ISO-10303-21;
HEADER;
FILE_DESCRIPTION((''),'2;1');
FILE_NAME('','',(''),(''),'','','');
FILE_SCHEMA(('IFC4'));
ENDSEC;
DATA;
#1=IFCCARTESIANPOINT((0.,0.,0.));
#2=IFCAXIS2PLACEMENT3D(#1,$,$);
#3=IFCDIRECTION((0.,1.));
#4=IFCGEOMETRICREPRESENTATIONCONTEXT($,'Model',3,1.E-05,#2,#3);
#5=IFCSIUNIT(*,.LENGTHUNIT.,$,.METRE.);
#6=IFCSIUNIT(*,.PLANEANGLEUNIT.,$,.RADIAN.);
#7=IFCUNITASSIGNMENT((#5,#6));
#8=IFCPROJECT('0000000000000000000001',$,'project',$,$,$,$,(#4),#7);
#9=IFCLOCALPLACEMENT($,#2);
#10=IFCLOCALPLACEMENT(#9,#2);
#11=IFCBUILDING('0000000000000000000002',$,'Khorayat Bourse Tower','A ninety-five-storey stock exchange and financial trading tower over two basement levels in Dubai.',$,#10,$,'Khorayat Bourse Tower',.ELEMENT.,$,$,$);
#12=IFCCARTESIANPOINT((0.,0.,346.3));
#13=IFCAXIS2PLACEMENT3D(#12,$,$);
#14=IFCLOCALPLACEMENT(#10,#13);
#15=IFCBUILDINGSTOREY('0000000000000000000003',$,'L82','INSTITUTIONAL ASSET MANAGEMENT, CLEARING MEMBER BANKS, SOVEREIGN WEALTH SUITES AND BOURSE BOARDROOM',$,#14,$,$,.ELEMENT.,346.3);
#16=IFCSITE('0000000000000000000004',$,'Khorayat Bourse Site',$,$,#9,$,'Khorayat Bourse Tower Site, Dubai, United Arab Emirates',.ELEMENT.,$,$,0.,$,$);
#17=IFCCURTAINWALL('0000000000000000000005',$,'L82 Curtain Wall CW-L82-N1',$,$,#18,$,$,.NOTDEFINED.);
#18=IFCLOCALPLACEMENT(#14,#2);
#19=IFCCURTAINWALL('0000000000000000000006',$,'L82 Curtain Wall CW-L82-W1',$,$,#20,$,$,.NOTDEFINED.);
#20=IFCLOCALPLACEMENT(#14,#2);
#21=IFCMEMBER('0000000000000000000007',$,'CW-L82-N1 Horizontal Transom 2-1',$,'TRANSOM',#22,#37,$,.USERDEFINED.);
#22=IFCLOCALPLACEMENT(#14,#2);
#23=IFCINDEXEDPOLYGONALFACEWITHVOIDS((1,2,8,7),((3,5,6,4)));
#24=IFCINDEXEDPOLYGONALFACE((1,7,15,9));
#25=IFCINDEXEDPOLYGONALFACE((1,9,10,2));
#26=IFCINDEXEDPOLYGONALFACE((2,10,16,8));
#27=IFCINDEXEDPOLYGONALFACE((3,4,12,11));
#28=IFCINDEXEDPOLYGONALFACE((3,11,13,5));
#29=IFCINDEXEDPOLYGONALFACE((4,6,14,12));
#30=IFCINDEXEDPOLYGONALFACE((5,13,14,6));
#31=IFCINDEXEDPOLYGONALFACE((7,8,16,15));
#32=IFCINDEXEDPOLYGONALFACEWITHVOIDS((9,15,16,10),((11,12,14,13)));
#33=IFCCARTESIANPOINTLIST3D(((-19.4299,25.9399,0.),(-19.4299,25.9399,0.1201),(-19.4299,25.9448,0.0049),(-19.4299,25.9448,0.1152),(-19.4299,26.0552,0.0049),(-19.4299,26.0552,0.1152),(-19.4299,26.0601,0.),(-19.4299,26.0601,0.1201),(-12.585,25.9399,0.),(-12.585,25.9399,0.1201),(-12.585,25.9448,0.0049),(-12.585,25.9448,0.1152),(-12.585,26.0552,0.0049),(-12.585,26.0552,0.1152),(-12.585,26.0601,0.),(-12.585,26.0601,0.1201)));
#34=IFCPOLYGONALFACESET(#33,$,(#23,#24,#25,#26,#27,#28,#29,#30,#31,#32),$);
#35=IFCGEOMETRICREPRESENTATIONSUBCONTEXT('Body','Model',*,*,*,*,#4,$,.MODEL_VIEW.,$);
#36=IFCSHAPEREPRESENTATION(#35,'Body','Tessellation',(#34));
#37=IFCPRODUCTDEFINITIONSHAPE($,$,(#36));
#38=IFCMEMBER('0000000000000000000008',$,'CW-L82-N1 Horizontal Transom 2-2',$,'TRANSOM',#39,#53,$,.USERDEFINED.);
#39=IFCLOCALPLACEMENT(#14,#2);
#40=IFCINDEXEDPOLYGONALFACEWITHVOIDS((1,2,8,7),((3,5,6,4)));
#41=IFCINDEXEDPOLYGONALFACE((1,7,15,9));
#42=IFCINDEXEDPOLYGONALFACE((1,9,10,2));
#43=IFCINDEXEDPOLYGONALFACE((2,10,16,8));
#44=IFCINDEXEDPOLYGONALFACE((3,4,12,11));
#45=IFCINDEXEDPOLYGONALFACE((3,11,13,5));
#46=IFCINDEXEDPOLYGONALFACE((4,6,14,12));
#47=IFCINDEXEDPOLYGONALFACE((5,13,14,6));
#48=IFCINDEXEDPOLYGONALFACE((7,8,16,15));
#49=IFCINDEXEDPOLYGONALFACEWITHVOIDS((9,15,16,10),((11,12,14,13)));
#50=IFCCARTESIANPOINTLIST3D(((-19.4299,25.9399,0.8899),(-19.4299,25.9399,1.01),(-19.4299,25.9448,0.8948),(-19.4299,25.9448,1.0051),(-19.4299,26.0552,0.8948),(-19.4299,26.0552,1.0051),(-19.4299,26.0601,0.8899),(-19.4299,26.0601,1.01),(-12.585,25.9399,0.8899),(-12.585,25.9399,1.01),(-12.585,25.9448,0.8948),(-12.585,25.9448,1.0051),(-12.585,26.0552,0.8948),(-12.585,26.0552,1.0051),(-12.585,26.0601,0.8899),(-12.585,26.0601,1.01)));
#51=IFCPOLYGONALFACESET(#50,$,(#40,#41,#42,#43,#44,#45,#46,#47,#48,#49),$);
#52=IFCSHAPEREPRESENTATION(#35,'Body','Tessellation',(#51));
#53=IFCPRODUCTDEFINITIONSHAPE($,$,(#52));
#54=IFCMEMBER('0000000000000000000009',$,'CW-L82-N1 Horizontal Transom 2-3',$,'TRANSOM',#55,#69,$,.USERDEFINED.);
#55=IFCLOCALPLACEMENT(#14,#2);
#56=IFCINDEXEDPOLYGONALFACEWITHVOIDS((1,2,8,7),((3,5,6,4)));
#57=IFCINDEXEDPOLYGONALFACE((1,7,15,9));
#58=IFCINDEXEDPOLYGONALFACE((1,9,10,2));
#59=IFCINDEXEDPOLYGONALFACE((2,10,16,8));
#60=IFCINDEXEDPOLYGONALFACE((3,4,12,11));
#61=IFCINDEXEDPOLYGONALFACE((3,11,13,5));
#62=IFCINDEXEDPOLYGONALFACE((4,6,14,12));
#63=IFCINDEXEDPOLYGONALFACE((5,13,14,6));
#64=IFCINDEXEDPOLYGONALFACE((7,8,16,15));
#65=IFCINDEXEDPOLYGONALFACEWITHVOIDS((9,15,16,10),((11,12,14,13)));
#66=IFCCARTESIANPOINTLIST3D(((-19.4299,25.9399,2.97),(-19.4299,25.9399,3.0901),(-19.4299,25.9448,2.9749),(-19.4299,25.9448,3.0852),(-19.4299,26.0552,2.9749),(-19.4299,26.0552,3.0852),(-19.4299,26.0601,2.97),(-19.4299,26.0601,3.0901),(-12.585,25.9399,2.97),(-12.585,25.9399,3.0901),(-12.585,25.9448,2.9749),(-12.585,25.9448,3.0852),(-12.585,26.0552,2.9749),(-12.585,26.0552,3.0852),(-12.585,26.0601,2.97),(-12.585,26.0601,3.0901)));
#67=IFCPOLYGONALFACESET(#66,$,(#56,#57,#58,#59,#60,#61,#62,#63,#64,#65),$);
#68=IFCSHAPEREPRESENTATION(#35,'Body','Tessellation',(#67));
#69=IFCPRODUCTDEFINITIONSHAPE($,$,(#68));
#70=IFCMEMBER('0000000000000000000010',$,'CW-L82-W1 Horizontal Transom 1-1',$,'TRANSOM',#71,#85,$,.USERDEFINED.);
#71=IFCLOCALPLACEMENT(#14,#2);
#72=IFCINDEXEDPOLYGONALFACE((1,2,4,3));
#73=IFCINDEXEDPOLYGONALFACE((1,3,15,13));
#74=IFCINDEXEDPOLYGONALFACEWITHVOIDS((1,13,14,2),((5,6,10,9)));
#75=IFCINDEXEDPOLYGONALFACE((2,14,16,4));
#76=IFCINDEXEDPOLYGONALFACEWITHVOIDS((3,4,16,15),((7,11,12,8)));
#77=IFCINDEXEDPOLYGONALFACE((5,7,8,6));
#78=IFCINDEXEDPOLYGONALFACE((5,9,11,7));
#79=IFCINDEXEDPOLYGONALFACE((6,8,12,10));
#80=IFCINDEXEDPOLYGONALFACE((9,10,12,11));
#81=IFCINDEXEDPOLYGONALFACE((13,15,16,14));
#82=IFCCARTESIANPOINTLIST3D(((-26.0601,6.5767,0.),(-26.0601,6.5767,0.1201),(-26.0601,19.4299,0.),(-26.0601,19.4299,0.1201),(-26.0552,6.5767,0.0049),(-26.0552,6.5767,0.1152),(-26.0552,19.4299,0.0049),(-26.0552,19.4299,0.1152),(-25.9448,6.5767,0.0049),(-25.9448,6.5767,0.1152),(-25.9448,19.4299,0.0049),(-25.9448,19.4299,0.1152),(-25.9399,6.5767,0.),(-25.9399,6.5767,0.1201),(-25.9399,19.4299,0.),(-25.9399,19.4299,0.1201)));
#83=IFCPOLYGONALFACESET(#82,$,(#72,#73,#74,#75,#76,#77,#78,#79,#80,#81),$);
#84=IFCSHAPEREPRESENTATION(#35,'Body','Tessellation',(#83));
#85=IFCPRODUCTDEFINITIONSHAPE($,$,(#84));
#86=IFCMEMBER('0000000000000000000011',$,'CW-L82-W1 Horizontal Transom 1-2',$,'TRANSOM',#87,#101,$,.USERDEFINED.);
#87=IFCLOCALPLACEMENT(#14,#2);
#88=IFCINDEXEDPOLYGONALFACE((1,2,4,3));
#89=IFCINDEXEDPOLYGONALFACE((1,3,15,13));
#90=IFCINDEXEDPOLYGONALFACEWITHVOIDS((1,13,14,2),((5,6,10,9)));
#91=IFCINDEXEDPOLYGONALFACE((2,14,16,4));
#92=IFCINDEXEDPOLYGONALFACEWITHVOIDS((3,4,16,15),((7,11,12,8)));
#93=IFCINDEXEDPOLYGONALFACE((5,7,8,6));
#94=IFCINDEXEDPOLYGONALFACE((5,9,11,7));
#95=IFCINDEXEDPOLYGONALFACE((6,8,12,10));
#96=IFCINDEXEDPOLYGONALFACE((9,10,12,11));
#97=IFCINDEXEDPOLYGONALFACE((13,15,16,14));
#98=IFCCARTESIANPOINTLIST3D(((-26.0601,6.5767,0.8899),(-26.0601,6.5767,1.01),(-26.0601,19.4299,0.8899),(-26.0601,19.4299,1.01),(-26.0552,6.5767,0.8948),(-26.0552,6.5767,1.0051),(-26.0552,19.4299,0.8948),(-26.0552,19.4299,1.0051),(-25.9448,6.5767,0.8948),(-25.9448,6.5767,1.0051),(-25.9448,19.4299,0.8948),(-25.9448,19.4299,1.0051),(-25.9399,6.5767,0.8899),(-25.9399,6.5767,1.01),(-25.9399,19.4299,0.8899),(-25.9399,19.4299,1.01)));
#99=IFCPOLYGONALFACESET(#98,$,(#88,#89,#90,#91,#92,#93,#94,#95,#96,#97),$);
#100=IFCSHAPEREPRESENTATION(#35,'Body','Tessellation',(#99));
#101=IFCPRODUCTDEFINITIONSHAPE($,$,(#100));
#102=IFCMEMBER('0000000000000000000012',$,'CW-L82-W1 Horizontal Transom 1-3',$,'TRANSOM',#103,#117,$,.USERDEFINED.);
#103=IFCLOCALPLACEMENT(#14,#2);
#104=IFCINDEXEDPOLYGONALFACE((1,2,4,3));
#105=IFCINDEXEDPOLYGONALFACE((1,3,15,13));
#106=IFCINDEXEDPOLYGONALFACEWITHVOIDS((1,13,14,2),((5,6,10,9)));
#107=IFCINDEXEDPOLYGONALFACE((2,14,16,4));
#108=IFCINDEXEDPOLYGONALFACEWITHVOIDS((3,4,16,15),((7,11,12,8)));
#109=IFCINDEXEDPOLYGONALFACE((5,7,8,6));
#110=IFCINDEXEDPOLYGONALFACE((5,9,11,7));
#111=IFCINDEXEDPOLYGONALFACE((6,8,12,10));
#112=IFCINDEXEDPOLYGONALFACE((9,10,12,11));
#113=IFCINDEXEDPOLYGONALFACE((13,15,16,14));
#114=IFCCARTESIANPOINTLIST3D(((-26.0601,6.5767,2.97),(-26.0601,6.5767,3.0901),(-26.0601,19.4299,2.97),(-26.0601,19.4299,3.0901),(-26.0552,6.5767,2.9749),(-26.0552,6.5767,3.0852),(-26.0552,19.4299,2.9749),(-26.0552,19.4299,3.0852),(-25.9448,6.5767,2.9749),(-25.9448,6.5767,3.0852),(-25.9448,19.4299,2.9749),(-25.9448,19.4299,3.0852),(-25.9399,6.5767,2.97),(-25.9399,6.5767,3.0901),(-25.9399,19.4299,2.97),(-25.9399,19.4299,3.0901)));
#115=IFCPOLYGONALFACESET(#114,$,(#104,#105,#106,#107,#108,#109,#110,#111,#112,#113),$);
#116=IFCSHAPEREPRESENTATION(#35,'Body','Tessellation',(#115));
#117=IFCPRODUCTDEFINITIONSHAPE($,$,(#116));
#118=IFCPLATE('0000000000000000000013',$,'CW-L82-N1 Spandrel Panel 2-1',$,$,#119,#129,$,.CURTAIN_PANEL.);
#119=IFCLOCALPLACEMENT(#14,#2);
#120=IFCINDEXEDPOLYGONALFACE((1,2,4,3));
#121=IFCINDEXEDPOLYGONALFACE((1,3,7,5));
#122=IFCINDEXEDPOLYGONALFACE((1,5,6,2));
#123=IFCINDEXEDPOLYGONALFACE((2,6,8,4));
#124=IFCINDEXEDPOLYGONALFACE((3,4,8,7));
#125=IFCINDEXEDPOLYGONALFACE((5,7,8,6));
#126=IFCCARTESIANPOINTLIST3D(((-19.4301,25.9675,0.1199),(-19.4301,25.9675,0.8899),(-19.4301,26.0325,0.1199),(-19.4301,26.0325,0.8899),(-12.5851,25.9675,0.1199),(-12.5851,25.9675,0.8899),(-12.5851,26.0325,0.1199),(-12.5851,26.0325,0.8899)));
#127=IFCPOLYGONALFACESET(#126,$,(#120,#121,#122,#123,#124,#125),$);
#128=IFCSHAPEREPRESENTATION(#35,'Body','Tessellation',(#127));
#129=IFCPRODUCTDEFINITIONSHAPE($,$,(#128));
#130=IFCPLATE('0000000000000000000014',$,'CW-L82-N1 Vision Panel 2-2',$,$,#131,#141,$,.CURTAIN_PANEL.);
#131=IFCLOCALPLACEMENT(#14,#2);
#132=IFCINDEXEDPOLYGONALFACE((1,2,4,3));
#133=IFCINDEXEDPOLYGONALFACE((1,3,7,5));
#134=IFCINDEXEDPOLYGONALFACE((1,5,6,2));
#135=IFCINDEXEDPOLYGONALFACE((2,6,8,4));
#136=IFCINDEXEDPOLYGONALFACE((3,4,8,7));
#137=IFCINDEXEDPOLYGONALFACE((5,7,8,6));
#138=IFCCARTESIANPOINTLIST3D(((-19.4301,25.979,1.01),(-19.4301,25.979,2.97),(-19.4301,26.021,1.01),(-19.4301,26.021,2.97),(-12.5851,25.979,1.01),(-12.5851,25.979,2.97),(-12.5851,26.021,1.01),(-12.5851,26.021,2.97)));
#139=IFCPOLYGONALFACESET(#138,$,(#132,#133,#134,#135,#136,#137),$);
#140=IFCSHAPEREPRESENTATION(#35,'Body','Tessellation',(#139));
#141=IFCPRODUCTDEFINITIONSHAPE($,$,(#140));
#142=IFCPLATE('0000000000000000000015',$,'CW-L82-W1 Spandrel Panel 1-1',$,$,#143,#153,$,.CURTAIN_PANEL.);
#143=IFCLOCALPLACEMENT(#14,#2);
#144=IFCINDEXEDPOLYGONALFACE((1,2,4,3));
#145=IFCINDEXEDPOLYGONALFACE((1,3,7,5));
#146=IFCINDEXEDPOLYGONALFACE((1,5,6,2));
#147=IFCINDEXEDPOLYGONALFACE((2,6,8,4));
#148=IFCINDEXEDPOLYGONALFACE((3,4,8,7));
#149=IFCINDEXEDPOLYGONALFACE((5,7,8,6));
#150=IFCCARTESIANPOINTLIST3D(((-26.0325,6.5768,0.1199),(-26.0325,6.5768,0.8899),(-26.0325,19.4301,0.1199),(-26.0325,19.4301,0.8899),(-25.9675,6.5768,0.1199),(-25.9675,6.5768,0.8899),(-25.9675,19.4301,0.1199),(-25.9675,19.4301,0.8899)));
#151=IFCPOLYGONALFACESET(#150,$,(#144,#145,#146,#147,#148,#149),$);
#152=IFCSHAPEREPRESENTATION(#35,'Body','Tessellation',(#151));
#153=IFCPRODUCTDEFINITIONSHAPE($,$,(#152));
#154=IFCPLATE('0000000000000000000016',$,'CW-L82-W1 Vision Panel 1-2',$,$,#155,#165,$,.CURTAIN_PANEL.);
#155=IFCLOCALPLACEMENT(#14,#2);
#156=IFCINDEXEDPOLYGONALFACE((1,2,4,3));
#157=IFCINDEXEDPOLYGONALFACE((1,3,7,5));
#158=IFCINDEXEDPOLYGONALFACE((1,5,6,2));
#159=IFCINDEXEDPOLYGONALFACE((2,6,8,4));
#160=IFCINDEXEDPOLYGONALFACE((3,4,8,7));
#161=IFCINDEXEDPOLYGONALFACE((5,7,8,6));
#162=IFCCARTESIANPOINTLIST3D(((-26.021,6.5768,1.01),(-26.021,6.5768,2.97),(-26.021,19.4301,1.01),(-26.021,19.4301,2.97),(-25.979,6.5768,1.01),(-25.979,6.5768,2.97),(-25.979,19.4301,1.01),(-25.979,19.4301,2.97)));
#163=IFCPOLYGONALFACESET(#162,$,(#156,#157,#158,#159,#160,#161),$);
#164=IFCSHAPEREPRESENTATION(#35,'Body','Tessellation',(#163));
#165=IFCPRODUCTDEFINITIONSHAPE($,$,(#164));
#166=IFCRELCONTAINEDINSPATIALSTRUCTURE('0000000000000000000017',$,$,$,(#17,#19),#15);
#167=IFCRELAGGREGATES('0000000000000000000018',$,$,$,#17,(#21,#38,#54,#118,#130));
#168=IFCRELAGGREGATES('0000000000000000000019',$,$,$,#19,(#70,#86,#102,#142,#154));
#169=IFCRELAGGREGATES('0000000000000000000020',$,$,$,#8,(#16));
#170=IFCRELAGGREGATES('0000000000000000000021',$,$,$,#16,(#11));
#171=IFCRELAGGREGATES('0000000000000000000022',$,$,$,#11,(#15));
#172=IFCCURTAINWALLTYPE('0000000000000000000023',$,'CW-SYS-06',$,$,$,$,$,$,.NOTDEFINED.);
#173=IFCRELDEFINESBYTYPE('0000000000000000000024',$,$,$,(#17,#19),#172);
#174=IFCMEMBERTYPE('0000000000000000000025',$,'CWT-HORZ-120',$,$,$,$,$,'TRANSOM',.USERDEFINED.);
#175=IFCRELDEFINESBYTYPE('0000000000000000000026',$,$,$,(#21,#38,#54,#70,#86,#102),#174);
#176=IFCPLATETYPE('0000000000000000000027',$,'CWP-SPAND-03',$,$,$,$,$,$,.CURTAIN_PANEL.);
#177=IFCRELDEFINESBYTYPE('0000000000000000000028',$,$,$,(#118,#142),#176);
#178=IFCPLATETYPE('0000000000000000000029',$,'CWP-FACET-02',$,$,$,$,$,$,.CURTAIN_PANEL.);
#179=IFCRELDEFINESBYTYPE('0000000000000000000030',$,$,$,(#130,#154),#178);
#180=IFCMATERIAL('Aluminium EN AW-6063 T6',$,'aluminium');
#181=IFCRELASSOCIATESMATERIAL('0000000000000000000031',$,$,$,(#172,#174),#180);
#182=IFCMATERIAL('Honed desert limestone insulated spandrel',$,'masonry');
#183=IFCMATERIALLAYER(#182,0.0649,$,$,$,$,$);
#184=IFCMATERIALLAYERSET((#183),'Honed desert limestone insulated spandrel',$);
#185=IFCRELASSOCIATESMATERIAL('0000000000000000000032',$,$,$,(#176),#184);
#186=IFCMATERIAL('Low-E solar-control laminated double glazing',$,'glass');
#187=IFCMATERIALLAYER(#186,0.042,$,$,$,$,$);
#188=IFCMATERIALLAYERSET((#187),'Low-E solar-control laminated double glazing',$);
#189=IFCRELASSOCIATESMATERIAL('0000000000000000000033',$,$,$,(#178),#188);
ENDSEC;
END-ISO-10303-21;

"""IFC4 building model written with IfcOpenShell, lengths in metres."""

from ifc_helpers import new_model, si_unit, direction, frame, origin, origin_2d, place, context, subcontext, project, spatial, rectangle, hollow_rectangle, extrude, source, transform, mapped, material, layer, layer_set, material_profile, profile_set, type_object, element, aggregate, save


model = new_model("IFC4")

# Units and contexts
model_context = context("Model", 3, precision=1e-05, world=origin(), true_north=direction((0.0, 1.0)))
body_context = subcontext(model_context, "Body", "Model", "MODEL_VIEW")
ifc_project = project(units=[si_unit("LENGTHUNIT", "METRE"), si_unit("PLANEANGLEUNIT", "RADIAN")], contexts=[model_context])

# Site, building, storey
site_placement = place(None, origin())
site = spatial("IfcSite", under=ifc_project, at=site_placement, Name="Khorayat Bourse Site", LongName="Khorayat Bourse Tower Site, Dubai, United Arab Emirates", CompositionType="ELEMENT", RefElevation=0.0)
building_placement = place(site_placement, origin())
building = spatial("IfcBuilding", under=site, at=building_placement, Name="Khorayat Bourse Tower", Description="A ninety-five-storey stock exchange and financial trading tower over two basement levels in Dubai.", LongName="Khorayat Bourse Tower", CompositionType="ELEMENT")
storey_placement = place(building_placement, frame((0.0, 0.0, 346.3)))
storey = spatial("IfcBuildingStorey", under=building, at=storey_placement, Name="L82", Description="INSTITUTIONAL ASSET MANAGEMENT, CLEARING MEMBER BANKS, SOVEREIGN WEALTH SUITES AND BOURSE BOARDROOM", CompositionType="ELEMENT", Elevation=346.3)

# Curtain walls
ifc_material_1 = material(Name="Aluminium EN AW-6063 T6", Category="aluminium")
curtain_wall_type = type_object("IfcCurtainWallType", Name="CW-SYS-06", PredefinedType="NOTDEFINED", material=ifc_material_1)
curtain_wall_1_placement = place(storey_placement, origin())
curtain_wall_1 = element("IfcCurtainWall", 1, at=curtain_wall_1_placement, inside=storey, type_object=curtain_wall_type, Name="L82 Curtain Wall CW-L82-N1", PredefinedType="NOTDEFINED")
curtain_wall_2_placement = place(storey_placement, origin())
curtain_wall_2 = element("IfcCurtainWall", 2, at=curtain_wall_2_placement, inside=storey, type_object=curtain_wall_type, Name="L82 Curtain Wall CW-L82-W1", PredefinedType="NOTDEFINED")

# Members
ifc_material_profile_1 = material_profile(ifc_material_1, hollow_rectangle(XDim=0.1201, YDim=0.1201, WallThickness=0.0049, at=origin_2d()), Name="ALU 120x120x5")
ifc_profile_set_1 = profile_set([ifc_material_profile_1], Name="Aluminium EN AW-6063 T6")
member_type_1 = type_object("IfcMemberType", Name="CWT-HORZ-120", ElementType="TRANSOM", PredefinedType="USERDEFINED", material=ifc_profile_set_1)
shared_shape_1 = source(origin(), body_context, "Body", "SweptSolid", [
    extrude(hollow_rectangle(XDim=0.1201, YDim=0.1201, WallThickness=0.0049, at=origin_2d()), origin(), (0.0, 0.0, 1.0), 6.845),
])
member_1_placement = place(storey_placement, frame((-12.585, 26.0, 0.0601), z_axis=(-1.0, 0.0, 0.0), x_axis=(0.0, -1.0, 0.0)))
member_1 = element("IfcMember", 3, at=member_1_placement, type_object=member_type_1, Name="CW-L82-N1 Horizontal Transom 2-1", ObjectType="TRANSOM", PredefinedType="USERDEFINED", context=body_context, shape_type="MappedRepresentation", body=[
    mapped(shared_shape_1, transform((0.0, 0.0, 0.0), scale=1.0)),
])
member_2_placement = place(storey_placement, frame((-12.585, 26.0, 0.95), z_axis=(-1.0, 0.0, 0.0), x_axis=(0.0, -1.0, 0.0)))
member_2 = element("IfcMember", 4, at=member_2_placement, type_object=member_type_1, Name="CW-L82-N1 Horizontal Transom 2-2", ObjectType="TRANSOM", PredefinedType="USERDEFINED", context=body_context, shape_type="MappedRepresentation", body=[
    mapped(shared_shape_1, transform((0.0, 0.0, 0.0), scale=1.0)),
])
member_3_placement = place(storey_placement, frame((-12.585, 26.0, 3.03), z_axis=(-1.0, 0.0, 0.0), x_axis=(0.0, -1.0, 0.0)))
member_3 = element("IfcMember", 5, at=member_3_placement, type_object=member_type_1, Name="CW-L82-N1 Horizontal Transom 2-3", ObjectType="TRANSOM", PredefinedType="USERDEFINED", context=body_context, shape_type="MappedRepresentation", body=[
    mapped(shared_shape_1, transform((0.0, 0.0, 0.0), scale=1.0)),
])
shared_shape_2 = source(origin(), body_context, "Body", "SweptSolid", [
    extrude(hollow_rectangle(XDim=0.1201, YDim=0.1201, WallThickness=0.0049, at=origin_2d()), origin(), (0.0, 0.0, 1.0), 12.8533),
])
member_4_placement = place(storey_placement, frame((-26.0, 19.4299, 0.0601), z_axis=(0.0, -1.0, 0.0), x_axis=(1.0, 0.0, 0.0)))
member_4 = element("IfcMember", 6, at=member_4_placement, type_object=member_type_1, Name="CW-L82-W1 Horizontal Transom 1-1", ObjectType="TRANSOM", PredefinedType="USERDEFINED", context=body_context, shape_type="MappedRepresentation", body=[
    mapped(shared_shape_2, transform((0.0, 0.0, 0.0), scale=1.0)),
])
member_5_placement = place(storey_placement, frame((-26.0, 19.4299, 0.95), z_axis=(0.0, -1.0, 0.0), x_axis=(1.0, 0.0, 0.0)))
member_5 = element("IfcMember", 7, at=member_5_placement, type_object=member_type_1, Name="CW-L82-W1 Horizontal Transom 1-2", ObjectType="TRANSOM", PredefinedType="USERDEFINED", context=body_context, shape_type="MappedRepresentation", body=[
    mapped(shared_shape_2, transform((0.0, 0.0, 0.0), scale=1.0)),
])
member_6_placement = place(storey_placement, frame((-26.0, 19.4299, 3.03), z_axis=(0.0, -1.0, 0.0), x_axis=(1.0, 0.0, 0.0)))
member_6 = element("IfcMember", 8, at=member_6_placement, type_object=member_type_1, Name="CW-L82-W1 Horizontal Transom 1-3", ObjectType="TRANSOM", PredefinedType="USERDEFINED", context=body_context, shape_type="MappedRepresentation", body=[
    mapped(shared_shape_2, transform((0.0, 0.0, 0.0), scale=1.0)),
])

# Plates
ifc_material_2 = material(Name="Honed desert limestone insulated spandrel", Category="masonry")
ifc_layer_1 = layer(ifc_material_2, 0.0649)
ifc_layer_set_1 = layer_set([ifc_layer_1], Name="Honed desert limestone insulated spandrel")
plate_type_1 = type_object("IfcPlateType", Name="CWP-SPAND-03", PredefinedType="CURTAIN_PANEL", material=ifc_layer_set_1)
shared_shape_3 = source(origin(), body_context, "Body", "SweptSolid", [
    extrude(rectangle(XDim=6.845, YDim=0.0649, at=origin_2d()), origin(), (0.0, 0.0, 1.0), 0.77),
])
plate_1_placement = place(storey_placement, frame((-16.0076, 26.0, 0.1199), z_axis=(0.0, 0.0, 1.0), x_axis=(-1.0, 0.0, 0.0)))
plate_1 = element("IfcPlate", 9, at=plate_1_placement, type_object=plate_type_1, Name="CW-L82-N1 Spandrel Panel 2-1", PredefinedType="CURTAIN_PANEL", context=body_context, shape_type="MappedRepresentation", body=[
    mapped(shared_shape_3, transform((0.0, 0.0, 0.0), scale=1.0)),
])
ifc_material_3 = material(Name="Low-E solar-control laminated double glazing", Category="glass")
ifc_layer_2 = layer(ifc_material_3, 0.042)
ifc_layer_set_2 = layer_set([ifc_layer_2], Name="Low-E solar-control laminated double glazing")
plate_type_2 = type_object("IfcPlateType", Name="CWP-FACET-02", PredefinedType="CURTAIN_PANEL", material=ifc_layer_set_2)
shared_shape_4 = source(origin(), body_context, "Body", "SweptSolid", [
    extrude(rectangle(XDim=6.845, YDim=0.042, at=origin_2d()), origin(), (0.0, 0.0, 1.0), 1.96),
])
plate_2_placement = place(storey_placement, frame((-16.0076, 26.0, 1.01), z_axis=(0.0, 0.0, 1.0), x_axis=(-1.0, 0.0, 0.0)))
plate_2 = element("IfcPlate", 10, at=plate_2_placement, type_object=plate_type_2, Name="CW-L82-N1 Vision Panel 2-2", PredefinedType="CURTAIN_PANEL", context=body_context, shape_type="MappedRepresentation", body=[
    mapped(shared_shape_4, transform((0.0, 0.0, 0.0), scale=1.0)),
])
aggregate(curtain_wall_1, [member_1, member_2, member_3, plate_1, plate_2])
shared_shape_5 = source(origin(), body_context, "Body", "SweptSolid", [
    extrude(rectangle(XDim=12.8533, YDim=0.0649, at=origin_2d()), origin(), (0.0, 0.0, 1.0), 0.77),
])
plate_3_placement = place(storey_placement, frame((-26.0, 13.0034, 0.1199), z_axis=(0.0, 0.0, 1.0), x_axis=(0.0, -1.0, 0.0)))
plate_3 = element("IfcPlate", 11, at=plate_3_placement, type_object=plate_type_1, Name="CW-L82-W1 Spandrel Panel 1-1", PredefinedType="CURTAIN_PANEL", context=body_context, shape_type="MappedRepresentation", body=[
    mapped(shared_shape_5, transform((0.0, 0.0, 0.0), scale=1.0)),
])
shared_shape_6 = source(origin(), body_context, "Body", "SweptSolid", [
    extrude(rectangle(XDim=12.8533, YDim=0.042, at=origin_2d()), origin(), (0.0, 0.0, 1.0), 1.96),
])
plate_4_placement = place(storey_placement, frame((-26.0, 13.0034, 1.01), z_axis=(0.0, 0.0, 1.0), x_axis=(0.0, -1.0, 0.0)))
plate_4 = element("IfcPlate", 12, at=plate_4_placement, type_object=plate_type_2, Name="CW-L82-W1 Vision Panel 1-2", PredefinedType="CURTAIN_PANEL", context=body_context, shape_type="MappedRepresentation", body=[
    mapped(shared_shape_6, transform((0.0, 0.0, 0.0), scale=1.0)),
])
aggregate(curtain_wall_2, [member_4, member_5, member_6, plate_3, plate_4])

save(model, "model.ifc")
